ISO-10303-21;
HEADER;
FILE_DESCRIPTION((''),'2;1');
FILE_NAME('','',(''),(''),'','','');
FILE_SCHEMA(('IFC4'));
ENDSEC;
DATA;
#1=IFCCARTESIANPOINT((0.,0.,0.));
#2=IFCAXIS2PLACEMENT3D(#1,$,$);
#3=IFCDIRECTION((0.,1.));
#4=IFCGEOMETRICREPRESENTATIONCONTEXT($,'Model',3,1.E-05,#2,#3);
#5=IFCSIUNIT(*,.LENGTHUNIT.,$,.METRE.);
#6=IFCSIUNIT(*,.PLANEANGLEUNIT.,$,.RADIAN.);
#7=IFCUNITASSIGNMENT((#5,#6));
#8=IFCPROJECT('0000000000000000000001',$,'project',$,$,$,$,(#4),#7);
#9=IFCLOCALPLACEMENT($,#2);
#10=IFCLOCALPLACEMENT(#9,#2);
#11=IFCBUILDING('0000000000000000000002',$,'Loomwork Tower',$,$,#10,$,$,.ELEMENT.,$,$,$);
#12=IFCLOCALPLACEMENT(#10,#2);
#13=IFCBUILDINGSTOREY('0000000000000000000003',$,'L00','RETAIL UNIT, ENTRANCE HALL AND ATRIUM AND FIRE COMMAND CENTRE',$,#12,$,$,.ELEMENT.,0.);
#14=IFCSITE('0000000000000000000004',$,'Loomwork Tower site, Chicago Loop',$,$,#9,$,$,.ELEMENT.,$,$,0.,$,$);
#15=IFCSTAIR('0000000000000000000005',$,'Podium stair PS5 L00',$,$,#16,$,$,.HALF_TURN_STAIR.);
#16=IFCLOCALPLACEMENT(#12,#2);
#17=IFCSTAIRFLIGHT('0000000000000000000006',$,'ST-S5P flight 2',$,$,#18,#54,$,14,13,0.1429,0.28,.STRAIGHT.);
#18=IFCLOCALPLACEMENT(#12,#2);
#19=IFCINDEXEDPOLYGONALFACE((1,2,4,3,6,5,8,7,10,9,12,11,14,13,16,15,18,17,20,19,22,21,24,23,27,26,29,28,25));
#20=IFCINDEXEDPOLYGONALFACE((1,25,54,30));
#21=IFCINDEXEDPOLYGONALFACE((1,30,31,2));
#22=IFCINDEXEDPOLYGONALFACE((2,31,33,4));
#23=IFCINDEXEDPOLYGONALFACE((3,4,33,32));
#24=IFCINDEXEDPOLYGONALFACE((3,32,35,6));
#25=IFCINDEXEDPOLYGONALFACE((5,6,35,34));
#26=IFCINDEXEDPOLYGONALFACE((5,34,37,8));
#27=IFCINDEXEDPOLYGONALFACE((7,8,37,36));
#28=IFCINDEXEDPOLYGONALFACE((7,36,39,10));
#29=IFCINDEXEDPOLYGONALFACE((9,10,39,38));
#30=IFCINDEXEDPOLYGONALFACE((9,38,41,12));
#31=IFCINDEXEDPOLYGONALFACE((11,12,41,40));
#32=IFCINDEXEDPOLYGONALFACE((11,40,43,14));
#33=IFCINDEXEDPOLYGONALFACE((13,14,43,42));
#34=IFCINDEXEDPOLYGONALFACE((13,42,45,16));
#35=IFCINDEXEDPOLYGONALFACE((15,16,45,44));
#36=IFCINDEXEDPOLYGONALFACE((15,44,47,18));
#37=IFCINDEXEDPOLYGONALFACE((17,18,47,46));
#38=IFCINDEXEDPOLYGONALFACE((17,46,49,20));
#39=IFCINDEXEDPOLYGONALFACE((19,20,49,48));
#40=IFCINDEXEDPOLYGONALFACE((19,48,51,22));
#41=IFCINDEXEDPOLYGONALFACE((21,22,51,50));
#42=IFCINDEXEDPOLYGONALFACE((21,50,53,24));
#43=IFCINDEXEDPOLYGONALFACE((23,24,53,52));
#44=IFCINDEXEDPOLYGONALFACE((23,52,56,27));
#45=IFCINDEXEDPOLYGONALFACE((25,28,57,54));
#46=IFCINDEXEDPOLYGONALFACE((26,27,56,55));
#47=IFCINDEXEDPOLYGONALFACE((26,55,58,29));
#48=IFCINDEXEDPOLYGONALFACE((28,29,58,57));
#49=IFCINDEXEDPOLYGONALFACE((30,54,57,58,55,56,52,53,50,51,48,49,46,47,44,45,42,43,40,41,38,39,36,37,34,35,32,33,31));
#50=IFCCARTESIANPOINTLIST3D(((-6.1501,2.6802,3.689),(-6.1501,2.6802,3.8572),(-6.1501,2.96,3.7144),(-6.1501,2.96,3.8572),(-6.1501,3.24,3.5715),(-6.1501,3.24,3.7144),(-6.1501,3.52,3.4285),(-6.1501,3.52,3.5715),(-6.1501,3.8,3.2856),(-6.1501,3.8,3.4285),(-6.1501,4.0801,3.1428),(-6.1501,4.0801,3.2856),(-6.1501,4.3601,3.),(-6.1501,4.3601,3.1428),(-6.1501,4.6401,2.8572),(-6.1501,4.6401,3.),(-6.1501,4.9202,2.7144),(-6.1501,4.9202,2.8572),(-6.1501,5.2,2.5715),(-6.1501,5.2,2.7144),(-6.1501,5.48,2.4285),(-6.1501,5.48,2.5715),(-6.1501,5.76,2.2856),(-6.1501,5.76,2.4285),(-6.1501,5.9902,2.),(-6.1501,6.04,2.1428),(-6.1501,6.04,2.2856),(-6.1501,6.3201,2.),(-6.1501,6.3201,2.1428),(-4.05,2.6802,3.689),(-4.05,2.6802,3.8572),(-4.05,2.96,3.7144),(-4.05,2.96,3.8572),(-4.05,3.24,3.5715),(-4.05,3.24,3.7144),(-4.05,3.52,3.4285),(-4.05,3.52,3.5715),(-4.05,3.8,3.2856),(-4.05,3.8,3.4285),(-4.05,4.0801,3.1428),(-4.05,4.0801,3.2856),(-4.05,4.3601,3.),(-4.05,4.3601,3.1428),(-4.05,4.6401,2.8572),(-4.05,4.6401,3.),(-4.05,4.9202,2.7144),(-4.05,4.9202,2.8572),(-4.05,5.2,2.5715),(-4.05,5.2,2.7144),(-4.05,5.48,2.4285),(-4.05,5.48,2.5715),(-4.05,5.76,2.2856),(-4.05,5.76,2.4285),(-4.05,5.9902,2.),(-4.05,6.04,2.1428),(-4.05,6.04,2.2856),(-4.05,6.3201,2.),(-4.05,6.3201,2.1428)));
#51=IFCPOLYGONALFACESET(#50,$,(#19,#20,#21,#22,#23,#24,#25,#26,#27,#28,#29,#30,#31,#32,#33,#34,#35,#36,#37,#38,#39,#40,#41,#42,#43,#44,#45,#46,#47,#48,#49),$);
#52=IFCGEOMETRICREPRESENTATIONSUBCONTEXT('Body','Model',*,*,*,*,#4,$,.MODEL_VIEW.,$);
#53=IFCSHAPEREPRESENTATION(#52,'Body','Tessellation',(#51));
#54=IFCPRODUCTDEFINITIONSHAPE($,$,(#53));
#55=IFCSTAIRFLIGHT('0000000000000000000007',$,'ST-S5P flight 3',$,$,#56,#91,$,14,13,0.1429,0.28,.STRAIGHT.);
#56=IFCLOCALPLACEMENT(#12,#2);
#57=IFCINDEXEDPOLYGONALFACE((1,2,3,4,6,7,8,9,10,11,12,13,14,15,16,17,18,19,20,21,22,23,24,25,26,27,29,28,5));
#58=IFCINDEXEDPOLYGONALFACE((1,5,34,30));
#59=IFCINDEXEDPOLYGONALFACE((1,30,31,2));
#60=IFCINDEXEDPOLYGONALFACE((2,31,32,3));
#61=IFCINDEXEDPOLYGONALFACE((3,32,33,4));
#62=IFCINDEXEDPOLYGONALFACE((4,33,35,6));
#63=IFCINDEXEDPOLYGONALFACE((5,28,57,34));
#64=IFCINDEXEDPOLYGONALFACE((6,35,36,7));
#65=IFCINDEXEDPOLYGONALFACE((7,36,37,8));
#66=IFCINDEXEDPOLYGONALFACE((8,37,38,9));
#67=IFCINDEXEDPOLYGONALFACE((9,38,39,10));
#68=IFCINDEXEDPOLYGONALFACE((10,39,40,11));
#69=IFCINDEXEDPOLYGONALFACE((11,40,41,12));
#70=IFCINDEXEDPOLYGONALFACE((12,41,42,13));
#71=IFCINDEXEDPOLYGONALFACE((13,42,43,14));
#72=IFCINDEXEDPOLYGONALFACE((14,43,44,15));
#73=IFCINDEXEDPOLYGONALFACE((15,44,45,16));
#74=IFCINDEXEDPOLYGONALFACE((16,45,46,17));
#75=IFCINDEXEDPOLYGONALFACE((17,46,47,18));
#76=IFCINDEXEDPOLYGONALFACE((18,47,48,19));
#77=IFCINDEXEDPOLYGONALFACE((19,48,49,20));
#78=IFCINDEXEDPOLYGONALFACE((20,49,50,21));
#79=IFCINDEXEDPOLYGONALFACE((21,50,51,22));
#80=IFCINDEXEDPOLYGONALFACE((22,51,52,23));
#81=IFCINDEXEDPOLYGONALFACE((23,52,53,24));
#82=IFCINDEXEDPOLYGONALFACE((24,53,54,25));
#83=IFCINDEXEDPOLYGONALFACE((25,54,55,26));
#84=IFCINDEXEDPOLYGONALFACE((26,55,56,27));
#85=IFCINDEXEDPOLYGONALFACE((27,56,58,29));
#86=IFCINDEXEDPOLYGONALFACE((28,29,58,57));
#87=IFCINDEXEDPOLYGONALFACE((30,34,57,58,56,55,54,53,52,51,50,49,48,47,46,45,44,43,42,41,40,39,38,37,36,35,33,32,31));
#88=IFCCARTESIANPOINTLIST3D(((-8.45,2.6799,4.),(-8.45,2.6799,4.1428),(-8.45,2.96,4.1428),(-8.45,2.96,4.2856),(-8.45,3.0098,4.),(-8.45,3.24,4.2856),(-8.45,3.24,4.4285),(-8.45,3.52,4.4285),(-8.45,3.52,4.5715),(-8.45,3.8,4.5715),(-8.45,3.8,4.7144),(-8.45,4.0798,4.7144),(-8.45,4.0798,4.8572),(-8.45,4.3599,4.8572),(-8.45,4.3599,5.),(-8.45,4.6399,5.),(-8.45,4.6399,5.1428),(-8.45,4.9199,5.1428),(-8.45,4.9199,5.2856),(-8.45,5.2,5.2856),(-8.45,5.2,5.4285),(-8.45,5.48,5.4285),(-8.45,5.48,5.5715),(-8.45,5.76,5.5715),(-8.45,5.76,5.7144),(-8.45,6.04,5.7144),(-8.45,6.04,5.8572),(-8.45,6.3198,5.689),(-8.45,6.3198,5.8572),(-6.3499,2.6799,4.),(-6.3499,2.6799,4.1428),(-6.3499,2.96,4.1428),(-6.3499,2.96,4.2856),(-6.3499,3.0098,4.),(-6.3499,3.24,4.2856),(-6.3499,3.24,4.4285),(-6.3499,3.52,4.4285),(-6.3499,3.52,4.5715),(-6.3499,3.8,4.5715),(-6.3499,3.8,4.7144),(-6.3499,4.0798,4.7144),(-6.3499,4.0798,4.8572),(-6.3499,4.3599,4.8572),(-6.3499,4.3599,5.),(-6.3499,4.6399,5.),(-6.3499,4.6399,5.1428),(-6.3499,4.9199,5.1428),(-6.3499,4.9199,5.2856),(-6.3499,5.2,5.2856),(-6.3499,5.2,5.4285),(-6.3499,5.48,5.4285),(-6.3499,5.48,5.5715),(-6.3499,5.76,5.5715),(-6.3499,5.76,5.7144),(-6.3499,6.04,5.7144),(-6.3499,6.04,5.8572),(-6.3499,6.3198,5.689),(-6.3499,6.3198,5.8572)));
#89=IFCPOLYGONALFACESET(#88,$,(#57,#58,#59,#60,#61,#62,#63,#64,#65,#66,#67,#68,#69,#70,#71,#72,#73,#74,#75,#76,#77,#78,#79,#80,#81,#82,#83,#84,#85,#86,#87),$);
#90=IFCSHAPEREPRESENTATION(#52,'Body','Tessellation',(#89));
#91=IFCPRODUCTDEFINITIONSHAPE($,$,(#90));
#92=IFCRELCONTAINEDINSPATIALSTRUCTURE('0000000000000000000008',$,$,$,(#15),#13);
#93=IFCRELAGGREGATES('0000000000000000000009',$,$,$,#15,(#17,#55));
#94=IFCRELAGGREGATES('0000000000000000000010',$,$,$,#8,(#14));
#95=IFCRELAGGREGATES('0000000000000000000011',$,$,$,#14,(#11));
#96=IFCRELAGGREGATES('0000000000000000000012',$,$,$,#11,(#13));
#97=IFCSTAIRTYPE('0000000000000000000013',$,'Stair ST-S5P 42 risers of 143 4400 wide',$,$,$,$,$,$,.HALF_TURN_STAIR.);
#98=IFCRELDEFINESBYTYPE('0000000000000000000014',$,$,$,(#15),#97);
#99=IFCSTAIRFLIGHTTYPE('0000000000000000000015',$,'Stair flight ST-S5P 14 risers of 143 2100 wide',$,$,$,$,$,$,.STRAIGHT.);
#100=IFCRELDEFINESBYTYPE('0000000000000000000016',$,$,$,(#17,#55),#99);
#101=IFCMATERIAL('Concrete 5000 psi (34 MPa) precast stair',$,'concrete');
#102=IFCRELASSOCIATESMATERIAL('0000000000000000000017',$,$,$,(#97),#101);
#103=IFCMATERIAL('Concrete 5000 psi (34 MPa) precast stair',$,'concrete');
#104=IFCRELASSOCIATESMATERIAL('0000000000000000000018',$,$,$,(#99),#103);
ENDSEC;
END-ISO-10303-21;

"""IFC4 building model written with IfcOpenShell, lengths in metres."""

from ifc_helpers import new_model, si_unit, direction, frame, origin, place, context, subcontext, project, spatial, polyline, outline, extrude, material, type_object, element, aggregate, save


model = new_model("IFC4")

# Units and contexts
model_context = context("Model", 3, precision=1e-05, world=origin(), true_north=direction((0.0, 1.0)))
body_context = subcontext(model_context, "Body", "Model", "MODEL_VIEW")
ifc_project = project(units=[si_unit("LENGTHUNIT", "METRE"), si_unit("PLANEANGLEUNIT", "RADIAN")], contexts=[model_context])

# Site, building, storey
site_placement = place(None, origin())
site = spatial("IfcSite", under=ifc_project, at=site_placement, Name="Loomwork Tower site, Chicago Loop", CompositionType="ELEMENT", RefElevation=0.0)
building_placement = place(site_placement, origin())
building = spatial("IfcBuilding", under=site, at=building_placement, Name="Loomwork Tower", CompositionType="ELEMENT")
storey_placement = place(building_placement, origin())
storey = spatial("IfcBuildingStorey", under=building, at=storey_placement, Name="L00", Description="RETAIL UNIT, ENTRANCE HALL AND ATRIUM AND FIRE COMMAND CENTRE", CompositionType="ELEMENT", Elevation=0.0)

# Stair
ifc_material_1 = material(Name="Concrete 5000 psi (34 MPa) precast stair", Category="concrete")
stair_type_1 = type_object("IfcStairType", Name="Stair ST-S5P 42 risers of 143 4400 wide", PredefinedType="HALF_TURN_STAIR", material=ifc_material_1)
stair_1_placement = place(storey_placement, origin())
stair_1 = element("IfcStair", 1, at=stair_1_placement, inside=storey, type_object=stair_type_1, Name="Podium stair PS5 L00", PredefinedType="HALF_TURN_STAIR")

# Stair flights
ifc_material_2 = material(Name="Concrete 5000 psi (34 MPa) precast stair", Category="concrete")
stair_flight_type = type_object("IfcStairFlightType", Name="Stair flight ST-S5P 14 risers of 143 2100 wide", PredefinedType="STRAIGHT", material=ifc_material_2)
stair_flight_1_placement = place(storey_placement, frame((-5.1001, 6.3201, 2.0), z_axis=(0.0, 0.0, 1.0), x_axis=(0.0, -1.0, 0.0)))
stair_flight_1 = element("IfcStairFlight", 2, at=stair_flight_1_placement, type_object=stair_flight_type, Name="ST-S5P flight 2", NumberOfRisers=14, NumberOfTreads=13, PredefinedType="STRAIGHT", RiserHeight=0.1429, TreadLength=0.28, context=body_context, shape_type="SweptSolid", body=[
    extrude(outline(polyline([(0.0, 0.0), (0.0, 0.1428), (0.28, 0.1428), (0.28, 0.2856), (0.5601, 0.2856), (0.5601, 0.4285), (0.8401, 0.4285), (0.8401, 0.5715), (1.1201, 0.5715), (1.1201, 0.7144), (1.3999, 0.7144), (1.3999, 0.8572), (1.6799, 0.8572), (1.6799, 1.0), (1.96, 1.0), (1.96, 1.1428), (2.24, 1.1428), (2.24, 1.2856), (2.52, 1.2856), (2.52, 1.4285), (2.8, 1.4285), (2.8, 1.5715), (3.0801, 1.5715), (3.0801, 1.7144), (3.3601, 1.7144), (3.3601, 1.8572), (3.6399, 1.8572), (3.6399, 2.0), (3.6399, 1.689), (0.3298, 0.0), (0.0, 0.0)])), frame((0.0, 1.05, 0.0), z_axis=(0.0, -1.0, 0.0), x_axis=(1.0, 0.0, 0.0)), (0.0, 0.0, 1.0), 2.1001),
])
stair_flight_2_placement = place(storey_placement, frame((-7.3999, 2.6799, 4.0), z_axis=(0.0, 0.0, 1.0), x_axis=(0.0, 1.0, 0.0)))
stair_flight_2 = element("IfcStairFlight", 3, at=stair_flight_2_placement, type_object=stair_flight_type, Name="ST-S5P flight 3", NumberOfRisers=14, NumberOfTreads=13, PredefinedType="STRAIGHT", RiserHeight=0.1429, TreadLength=0.28, context=body_context, shape_type="SweptSolid", body=[
    extrude(outline(polyline([(0.0, 0.0), (0.0, 0.1428), (0.28, 0.1428), (0.28, 0.2856), (0.5601, 0.2856), (0.5601, 0.4285), (0.8401, 0.4285), (0.8401, 0.5715), (1.1201, 0.5715), (1.1201, 0.7144), (1.3999, 0.7144), (1.3999, 0.8572), (1.6799, 0.8572), (1.6799, 1.0), (1.96, 1.0), (1.96, 1.1428), (2.24, 1.1428), (2.24, 1.2856), (2.52, 1.2856), (2.52, 1.4285), (2.8, 1.4285), (2.8, 1.5715), (3.0801, 1.5715), (3.0801, 1.7144), (3.3601, 1.7144), (3.3601, 1.8572), (3.6399, 1.8572), (3.6399, 2.0), (3.6399, 1.689), (0.3298, 0.0), (0.0, 0.0)])), frame((0.0, 1.05, 0.0), z_axis=(0.0, -1.0, 0.0), x_axis=(1.0, 0.0, 0.0)), (0.0, 0.0, 1.0), 2.1001),
])
aggregate(stair_1, [stair_flight_1, stair_flight_2])

save(model, "model.ifc")
